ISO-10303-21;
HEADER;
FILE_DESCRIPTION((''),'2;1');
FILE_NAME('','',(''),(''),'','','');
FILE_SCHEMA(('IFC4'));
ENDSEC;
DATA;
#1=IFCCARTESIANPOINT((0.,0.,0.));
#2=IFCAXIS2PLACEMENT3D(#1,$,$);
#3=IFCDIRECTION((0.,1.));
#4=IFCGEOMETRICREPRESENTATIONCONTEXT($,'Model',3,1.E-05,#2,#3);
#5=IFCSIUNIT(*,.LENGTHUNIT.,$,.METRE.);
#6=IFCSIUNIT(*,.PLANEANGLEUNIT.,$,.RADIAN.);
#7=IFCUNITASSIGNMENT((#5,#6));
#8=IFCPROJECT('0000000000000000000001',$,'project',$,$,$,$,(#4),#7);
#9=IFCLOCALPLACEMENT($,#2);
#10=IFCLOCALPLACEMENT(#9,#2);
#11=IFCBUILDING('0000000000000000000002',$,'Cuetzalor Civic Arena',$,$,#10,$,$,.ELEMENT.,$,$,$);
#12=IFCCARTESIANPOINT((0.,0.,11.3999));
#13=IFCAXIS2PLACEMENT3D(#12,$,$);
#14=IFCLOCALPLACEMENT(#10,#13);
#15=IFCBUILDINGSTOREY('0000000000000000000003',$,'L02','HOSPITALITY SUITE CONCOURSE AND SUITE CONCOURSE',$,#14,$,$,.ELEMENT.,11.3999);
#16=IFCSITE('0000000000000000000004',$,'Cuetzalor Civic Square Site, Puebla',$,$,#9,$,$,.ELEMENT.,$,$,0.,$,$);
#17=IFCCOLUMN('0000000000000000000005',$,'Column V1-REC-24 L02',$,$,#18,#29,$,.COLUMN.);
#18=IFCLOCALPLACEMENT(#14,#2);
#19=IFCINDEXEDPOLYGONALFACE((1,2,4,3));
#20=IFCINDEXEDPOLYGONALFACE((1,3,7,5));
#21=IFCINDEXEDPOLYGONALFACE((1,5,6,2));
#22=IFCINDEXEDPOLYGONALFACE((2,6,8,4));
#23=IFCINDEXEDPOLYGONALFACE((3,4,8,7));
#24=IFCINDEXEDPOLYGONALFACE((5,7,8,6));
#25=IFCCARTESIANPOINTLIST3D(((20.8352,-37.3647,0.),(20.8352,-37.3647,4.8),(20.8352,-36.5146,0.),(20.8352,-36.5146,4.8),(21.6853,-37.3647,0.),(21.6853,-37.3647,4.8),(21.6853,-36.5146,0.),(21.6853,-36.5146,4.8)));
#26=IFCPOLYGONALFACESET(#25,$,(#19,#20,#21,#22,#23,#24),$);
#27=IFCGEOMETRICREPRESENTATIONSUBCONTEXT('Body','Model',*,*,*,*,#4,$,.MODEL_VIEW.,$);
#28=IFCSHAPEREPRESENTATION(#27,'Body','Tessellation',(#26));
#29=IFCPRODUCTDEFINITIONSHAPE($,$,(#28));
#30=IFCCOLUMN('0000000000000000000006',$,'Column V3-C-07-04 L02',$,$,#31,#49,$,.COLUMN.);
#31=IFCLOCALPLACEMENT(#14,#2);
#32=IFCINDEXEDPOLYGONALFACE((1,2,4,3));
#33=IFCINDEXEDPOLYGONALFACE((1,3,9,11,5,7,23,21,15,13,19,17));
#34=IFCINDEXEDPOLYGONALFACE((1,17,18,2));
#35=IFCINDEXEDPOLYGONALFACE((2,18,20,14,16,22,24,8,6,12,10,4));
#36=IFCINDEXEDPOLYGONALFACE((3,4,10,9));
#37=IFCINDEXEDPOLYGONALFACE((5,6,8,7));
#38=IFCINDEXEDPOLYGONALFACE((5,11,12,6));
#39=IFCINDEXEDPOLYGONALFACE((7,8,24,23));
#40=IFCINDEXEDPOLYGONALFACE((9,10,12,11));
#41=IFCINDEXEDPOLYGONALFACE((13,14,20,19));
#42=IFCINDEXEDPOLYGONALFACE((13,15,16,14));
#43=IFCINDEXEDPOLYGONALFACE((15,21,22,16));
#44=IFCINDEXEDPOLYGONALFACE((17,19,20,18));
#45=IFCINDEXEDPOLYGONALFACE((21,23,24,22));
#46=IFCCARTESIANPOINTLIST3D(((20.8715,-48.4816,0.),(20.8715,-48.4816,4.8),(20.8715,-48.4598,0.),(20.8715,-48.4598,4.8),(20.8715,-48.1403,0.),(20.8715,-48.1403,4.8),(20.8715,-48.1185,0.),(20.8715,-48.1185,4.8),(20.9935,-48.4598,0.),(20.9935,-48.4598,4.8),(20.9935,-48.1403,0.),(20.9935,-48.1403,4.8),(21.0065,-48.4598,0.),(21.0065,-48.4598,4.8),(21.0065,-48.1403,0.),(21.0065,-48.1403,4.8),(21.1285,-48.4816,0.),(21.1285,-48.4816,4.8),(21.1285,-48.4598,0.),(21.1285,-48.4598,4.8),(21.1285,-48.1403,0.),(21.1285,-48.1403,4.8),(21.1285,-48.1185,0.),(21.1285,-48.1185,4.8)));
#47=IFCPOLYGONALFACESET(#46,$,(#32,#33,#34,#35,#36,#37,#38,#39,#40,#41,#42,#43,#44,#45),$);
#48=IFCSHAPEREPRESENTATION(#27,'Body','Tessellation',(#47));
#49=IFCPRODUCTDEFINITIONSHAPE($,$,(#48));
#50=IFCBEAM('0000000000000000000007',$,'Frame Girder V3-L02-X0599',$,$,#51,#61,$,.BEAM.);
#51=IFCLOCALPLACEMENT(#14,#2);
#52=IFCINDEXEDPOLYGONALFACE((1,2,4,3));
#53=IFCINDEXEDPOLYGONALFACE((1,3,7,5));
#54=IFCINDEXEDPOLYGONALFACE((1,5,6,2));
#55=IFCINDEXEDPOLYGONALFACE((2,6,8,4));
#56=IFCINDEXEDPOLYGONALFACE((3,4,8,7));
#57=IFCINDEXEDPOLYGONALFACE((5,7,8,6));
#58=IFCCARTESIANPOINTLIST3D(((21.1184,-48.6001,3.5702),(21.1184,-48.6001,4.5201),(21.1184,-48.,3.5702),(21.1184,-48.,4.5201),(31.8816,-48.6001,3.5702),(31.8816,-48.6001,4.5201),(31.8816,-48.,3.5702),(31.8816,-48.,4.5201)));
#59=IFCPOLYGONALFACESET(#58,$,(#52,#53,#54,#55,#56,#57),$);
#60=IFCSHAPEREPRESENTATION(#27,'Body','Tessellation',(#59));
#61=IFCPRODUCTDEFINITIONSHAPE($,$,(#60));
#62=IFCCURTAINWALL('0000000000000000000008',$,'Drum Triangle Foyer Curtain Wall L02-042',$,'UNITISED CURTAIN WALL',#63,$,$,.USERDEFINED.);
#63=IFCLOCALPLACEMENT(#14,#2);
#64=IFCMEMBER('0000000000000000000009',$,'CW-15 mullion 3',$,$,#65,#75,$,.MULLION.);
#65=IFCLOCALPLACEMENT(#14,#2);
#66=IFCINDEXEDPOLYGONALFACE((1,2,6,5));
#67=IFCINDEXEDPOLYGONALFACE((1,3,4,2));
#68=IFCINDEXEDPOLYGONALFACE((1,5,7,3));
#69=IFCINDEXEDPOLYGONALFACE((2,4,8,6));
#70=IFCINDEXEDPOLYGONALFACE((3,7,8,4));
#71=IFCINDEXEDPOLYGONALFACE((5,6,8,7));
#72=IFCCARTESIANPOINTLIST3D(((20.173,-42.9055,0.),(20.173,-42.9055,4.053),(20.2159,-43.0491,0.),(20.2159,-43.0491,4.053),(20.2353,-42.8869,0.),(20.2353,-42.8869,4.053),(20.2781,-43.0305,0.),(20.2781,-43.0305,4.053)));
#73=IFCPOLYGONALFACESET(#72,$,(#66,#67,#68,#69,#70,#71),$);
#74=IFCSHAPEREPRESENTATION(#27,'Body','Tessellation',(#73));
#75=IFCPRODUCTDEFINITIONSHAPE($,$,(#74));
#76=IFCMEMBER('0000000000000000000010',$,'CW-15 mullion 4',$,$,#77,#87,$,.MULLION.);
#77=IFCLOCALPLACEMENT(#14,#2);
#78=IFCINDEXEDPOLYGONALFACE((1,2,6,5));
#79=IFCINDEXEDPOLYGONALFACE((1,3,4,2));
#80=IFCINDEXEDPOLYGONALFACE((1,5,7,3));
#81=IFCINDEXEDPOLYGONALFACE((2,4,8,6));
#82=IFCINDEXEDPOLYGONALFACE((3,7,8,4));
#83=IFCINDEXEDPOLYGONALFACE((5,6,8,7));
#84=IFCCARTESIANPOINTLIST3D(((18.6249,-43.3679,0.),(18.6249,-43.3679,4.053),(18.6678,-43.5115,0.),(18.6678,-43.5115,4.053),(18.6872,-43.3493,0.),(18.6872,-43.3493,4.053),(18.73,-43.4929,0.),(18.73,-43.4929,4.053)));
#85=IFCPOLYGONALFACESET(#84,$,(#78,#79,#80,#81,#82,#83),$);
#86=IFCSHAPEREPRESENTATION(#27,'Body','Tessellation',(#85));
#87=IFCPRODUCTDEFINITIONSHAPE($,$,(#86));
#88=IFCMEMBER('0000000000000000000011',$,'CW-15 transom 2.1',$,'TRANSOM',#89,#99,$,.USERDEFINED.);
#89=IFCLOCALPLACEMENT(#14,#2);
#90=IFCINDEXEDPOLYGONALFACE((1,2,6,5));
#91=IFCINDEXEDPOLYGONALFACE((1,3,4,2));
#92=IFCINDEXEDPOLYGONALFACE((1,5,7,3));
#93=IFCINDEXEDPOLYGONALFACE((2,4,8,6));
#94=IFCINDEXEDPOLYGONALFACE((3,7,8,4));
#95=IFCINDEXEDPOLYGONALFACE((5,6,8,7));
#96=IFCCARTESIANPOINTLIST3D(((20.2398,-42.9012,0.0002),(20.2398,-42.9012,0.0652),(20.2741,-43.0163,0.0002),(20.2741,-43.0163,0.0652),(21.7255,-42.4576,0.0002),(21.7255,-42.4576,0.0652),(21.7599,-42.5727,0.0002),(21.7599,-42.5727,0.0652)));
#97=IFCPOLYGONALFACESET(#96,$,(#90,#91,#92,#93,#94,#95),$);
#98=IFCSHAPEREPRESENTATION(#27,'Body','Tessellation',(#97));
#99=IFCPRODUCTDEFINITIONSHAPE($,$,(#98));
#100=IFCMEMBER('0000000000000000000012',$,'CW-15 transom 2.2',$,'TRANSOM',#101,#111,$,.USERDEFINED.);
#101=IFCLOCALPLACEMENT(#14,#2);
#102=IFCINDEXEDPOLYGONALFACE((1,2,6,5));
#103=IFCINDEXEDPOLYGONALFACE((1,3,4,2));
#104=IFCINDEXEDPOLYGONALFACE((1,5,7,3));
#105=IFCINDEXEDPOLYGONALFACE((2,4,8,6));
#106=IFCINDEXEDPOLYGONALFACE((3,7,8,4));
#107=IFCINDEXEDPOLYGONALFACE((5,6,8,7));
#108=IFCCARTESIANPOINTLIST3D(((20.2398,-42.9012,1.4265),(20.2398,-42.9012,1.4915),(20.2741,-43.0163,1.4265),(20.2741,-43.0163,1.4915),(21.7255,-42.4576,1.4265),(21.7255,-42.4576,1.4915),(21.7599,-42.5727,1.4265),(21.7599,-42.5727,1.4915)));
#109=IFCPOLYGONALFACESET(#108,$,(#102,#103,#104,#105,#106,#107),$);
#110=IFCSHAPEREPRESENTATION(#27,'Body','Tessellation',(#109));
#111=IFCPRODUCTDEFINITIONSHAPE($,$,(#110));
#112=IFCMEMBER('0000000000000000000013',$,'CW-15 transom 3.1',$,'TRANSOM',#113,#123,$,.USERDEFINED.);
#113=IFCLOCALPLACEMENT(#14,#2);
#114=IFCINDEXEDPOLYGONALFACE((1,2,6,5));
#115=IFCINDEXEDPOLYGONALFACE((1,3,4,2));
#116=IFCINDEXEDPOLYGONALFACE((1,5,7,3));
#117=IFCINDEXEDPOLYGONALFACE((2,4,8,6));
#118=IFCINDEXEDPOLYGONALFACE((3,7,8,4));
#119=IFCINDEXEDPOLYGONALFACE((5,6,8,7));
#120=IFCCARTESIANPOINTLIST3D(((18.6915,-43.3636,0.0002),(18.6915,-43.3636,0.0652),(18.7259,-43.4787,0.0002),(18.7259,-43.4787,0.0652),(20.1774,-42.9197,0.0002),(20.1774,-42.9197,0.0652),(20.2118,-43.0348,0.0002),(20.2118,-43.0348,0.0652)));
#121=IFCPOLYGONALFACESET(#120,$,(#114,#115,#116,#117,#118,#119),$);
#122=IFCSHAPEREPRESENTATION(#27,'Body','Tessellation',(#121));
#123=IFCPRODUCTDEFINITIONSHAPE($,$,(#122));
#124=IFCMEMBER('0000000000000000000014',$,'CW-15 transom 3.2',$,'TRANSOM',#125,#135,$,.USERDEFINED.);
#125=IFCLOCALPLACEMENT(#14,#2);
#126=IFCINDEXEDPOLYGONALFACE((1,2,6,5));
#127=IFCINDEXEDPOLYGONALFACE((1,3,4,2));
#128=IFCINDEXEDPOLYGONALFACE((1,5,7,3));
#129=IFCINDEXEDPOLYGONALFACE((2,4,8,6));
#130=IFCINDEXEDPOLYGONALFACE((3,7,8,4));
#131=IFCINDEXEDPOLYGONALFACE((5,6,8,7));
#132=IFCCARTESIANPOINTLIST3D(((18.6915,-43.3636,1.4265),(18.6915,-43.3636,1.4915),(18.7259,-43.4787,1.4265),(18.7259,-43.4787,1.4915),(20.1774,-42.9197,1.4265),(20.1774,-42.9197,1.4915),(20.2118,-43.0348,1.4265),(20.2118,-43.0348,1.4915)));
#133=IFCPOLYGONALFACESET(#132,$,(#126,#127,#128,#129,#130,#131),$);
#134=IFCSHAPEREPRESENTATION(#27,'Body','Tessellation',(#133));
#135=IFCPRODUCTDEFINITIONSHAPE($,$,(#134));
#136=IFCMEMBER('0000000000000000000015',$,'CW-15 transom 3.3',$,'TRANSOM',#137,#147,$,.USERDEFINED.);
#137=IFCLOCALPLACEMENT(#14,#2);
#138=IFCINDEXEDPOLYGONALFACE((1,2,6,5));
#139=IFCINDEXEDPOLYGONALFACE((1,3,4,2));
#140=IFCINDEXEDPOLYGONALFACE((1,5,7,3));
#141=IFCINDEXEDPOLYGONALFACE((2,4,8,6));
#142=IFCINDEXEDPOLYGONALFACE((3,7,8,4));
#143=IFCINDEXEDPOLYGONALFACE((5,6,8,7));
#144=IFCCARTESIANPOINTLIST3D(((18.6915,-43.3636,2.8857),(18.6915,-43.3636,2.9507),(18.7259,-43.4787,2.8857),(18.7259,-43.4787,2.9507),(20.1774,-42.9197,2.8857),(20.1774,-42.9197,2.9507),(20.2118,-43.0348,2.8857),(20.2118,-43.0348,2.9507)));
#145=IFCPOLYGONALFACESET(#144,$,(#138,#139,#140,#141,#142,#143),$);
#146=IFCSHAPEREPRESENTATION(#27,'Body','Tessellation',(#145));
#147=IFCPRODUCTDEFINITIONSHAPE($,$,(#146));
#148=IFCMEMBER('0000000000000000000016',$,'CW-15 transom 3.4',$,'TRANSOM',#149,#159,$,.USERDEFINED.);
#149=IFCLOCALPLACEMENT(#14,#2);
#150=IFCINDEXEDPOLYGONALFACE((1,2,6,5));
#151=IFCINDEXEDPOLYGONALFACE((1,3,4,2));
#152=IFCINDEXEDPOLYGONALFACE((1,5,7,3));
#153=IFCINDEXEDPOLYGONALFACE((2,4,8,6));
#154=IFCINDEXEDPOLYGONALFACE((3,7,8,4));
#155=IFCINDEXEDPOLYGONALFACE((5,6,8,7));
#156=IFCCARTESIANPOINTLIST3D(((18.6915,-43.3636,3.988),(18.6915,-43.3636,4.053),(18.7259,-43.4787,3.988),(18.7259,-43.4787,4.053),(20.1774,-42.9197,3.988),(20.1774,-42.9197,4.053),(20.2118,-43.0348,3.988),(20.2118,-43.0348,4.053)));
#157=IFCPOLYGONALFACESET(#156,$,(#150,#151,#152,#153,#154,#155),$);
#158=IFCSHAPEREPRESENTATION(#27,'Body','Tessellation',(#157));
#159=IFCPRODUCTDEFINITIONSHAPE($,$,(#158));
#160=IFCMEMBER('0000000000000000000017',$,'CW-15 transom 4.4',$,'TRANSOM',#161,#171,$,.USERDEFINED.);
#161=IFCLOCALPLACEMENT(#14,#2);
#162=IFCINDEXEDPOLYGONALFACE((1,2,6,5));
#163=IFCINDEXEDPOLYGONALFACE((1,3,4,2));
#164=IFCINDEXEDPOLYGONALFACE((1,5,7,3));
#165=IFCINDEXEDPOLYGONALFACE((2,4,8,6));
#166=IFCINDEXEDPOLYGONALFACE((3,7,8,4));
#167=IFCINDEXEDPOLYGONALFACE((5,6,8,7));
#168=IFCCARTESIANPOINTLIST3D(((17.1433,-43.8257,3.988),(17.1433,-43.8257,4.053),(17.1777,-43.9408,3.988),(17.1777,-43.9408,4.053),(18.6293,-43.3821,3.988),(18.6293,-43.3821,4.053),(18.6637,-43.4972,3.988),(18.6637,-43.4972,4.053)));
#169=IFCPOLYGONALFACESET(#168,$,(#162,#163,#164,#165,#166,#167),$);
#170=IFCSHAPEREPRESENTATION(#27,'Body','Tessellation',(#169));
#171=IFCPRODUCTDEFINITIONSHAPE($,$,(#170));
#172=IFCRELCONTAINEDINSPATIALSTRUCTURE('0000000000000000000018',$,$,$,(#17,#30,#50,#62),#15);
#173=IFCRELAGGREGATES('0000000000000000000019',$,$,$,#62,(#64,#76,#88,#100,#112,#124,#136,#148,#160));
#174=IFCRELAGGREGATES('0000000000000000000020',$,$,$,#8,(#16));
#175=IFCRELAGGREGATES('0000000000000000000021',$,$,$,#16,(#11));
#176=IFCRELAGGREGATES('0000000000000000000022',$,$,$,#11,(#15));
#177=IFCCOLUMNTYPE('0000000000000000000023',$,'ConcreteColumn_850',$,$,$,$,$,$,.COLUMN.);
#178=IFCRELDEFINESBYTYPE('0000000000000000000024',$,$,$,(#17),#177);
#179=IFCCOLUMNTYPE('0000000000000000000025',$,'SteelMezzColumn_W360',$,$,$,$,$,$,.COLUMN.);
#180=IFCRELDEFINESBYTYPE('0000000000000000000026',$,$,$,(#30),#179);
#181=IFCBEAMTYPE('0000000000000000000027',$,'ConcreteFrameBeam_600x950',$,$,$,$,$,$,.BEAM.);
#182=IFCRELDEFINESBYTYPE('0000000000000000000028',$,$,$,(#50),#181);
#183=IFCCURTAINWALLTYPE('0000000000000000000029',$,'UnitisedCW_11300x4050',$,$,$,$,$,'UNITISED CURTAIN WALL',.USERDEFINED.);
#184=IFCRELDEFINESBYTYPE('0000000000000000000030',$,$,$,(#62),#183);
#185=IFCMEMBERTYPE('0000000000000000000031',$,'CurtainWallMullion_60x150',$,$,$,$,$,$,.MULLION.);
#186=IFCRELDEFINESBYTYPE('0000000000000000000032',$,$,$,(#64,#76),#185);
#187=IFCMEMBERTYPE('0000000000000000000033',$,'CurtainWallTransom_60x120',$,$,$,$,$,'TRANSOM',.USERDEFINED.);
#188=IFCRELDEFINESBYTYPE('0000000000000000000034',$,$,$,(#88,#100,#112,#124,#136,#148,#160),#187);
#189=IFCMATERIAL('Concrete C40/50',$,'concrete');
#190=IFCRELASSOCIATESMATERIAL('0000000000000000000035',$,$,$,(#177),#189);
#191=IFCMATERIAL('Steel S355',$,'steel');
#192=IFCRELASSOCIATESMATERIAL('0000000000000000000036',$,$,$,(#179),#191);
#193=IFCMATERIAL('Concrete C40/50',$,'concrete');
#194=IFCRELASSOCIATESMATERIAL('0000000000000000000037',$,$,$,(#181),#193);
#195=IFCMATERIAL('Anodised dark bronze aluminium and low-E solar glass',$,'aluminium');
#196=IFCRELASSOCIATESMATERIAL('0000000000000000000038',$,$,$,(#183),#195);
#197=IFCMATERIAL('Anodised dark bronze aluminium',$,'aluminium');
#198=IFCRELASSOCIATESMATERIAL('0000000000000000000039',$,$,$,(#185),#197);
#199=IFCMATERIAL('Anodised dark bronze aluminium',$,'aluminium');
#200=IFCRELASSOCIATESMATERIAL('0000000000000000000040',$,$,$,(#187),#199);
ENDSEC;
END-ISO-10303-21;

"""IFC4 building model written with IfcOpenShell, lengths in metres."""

from ifc_helpers import new_model, si_unit, direction, frame, origin, origin_2d, place, context, subcontext, project, spatial, rectangle, i_section, extrude, material, material_profile, profile_set, type_object, element, aggregate, save


model = new_model("IFC4")

# Units and contexts
model_context = context("Model", 3, precision=1e-05, world=origin(), true_north=direction((0.0, 1.0)))
body_context = subcontext(model_context, "Body", "Model", "MODEL_VIEW")
ifc_project = project(units=[si_unit("LENGTHUNIT", "METRE"), si_unit("PLANEANGLEUNIT", "RADIAN")], contexts=[model_context])

# Site, building, storey
site_placement = place(None, origin())
site = spatial("IfcSite", under=ifc_project, at=site_placement, Name="Cuetzalor Civic Square Site, Puebla", CompositionType="ELEMENT", RefElevation=0.0)
building_placement = place(site_placement, origin())
building = spatial("IfcBuilding", under=site, at=building_placement, Name="Cuetzalor Civic Arena", CompositionType="ELEMENT")
storey_placement = place(building_placement, frame((0.0, 0.0, 11.3999)))
storey = spatial("IfcBuildingStorey", under=building, at=storey_placement, Name="L02", Description="HOSPITALITY SUITE CONCOURSE AND SUITE CONCOURSE", CompositionType="ELEMENT", Elevation=11.3999)

# Columns
ifc_material_1 = material(Name="Concrete C40/50", Category="concrete")
ifc_material_profile_1 = material_profile(ifc_material_1, rectangle(XDim=0.8501, YDim=0.8501, at=origin_2d()), Name="RC 850x850")
ifc_profile_set_1 = profile_set([ifc_material_profile_1], Name="Concrete C40/50")
column_type_1 = type_object("IfcColumnType", Name="ConcreteColumn_850", PredefinedType="COLUMN", material=ifc_profile_set_1)
column_1_placement = place(storey_placement, frame((21.2603, -36.9397, 0.0), z_axis=(0.0, 0.0, 1.0), x_axis=(1.0, 0.0, 0.0)))
element("IfcColumn", 1, at=column_1_placement, inside=storey, type_object=column_type_1, Name="Column V1-REC-24 L02", PredefinedType="COLUMN", context=body_context, shape_type="SweptSolid", body=[
    extrude(rectangle(XDim=0.8501, YDim=0.8501, at=origin_2d()), origin(), (0.0, 0.0, 1.0), 4.8),
])
ifc_material_2 = material(Name="Steel S355", Category="steel")
ifc_material_profile_2 = material_profile(ifc_material_2, i_section(OverallWidth=0.2571, OverallDepth=0.363, WebThickness=0.0129, FlangeThickness=0.0217, at=origin_2d()), Name="W360x122")
ifc_profile_set_2 = profile_set([ifc_material_profile_2], Name="Steel S355")
column_type_2 = type_object("IfcColumnType", Name="SteelMezzColumn_W360", PredefinedType="COLUMN", material=ifc_profile_set_2)
column_2_placement = place(storey_placement, frame((21.0, -48.3, 0.0), z_axis=(0.0, 0.0, 1.0), x_axis=(1.0, 0.0, 0.0)))
element("IfcColumn", 2, at=column_2_placement, inside=storey, type_object=column_type_2, Name="Column V3-C-07-04 L02", PredefinedType="COLUMN", context=body_context, shape_type="SweptSolid", body=[
    extrude(i_section(OverallWidth=0.2571, OverallDepth=0.363, WebThickness=0.0129, FlangeThickness=0.0217, at=origin_2d()), origin(), (0.0, 0.0, 1.0), 4.8),
])

# Beam
ifc_material_3 = material(Name="Concrete C40/50", Category="concrete")
ifc_material_profile_3 = material_profile(ifc_material_3, rectangle(XDim=0.6001, YDim=0.95, at=origin_2d()), Name="RC 600x950")
ifc_profile_set_3 = profile_set([ifc_material_profile_3], Name="Concrete C40/50")
beam_type_1 = type_object("IfcBeamType", Name="ConcreteFrameBeam_600x950", PredefinedType="BEAM", material=ifc_profile_set_3)
beam_1_placement = place(storey_placement, frame((21.1184, -48.3, 4.0452), z_axis=(1.0, 0.0, 0.0), x_axis=(0.0, 1.0, 0.0)))
element("IfcBeam", 3, at=beam_1_placement, inside=storey, type_object=beam_type_1, Name="Frame Girder V3-L02-X0599", PredefinedType="BEAM", context=body_context, shape_type="SweptSolid", body=[
    extrude(rectangle(XDim=0.6001, YDim=0.95, at=origin_2d()), origin(), (0.0, 0.0, 1.0), 10.7632),
])

# Curtain wall, members
ifc_material_4 = material(Name="Anodised dark bronze aluminium and low-E solar glass", Category="aluminium")
curtain_wall_type = type_object("IfcCurtainWallType", Name="UnitisedCW_11300x4050", ElementType="UNITISED CURTAIN WALL", PredefinedType="USERDEFINED", material=ifc_material_4)
curtain_wall_placement = place(storey_placement, origin())
curtain_wall = element("IfcCurtainWall", 4, at=curtain_wall_placement, inside=storey, type_object=curtain_wall_type, Name="Drum Triangle Foyer Curtain Wall L02-042", ObjectType="UNITISED CURTAIN WALL", PredefinedType="USERDEFINED")
ifc_material_5 = material(Name="Anodised dark bronze aluminium", Category="aluminium")
ifc_material_profile_4 = material_profile(ifc_material_5, rectangle(XDim=0.0649, YDim=0.1499, at=origin_2d()), Name="ALU MULLION 65x150")
ifc_profile_set_4 = profile_set([ifc_material_profile_4], Name="Anodised dark bronze aluminium")
member_type_1 = type_object("IfcMemberType", Name="CurtainWallMullion_60x150", PredefinedType="MULLION", material=ifc_profile_set_4)
member_1_placement = place(storey_placement, frame((20.2256, -42.968, 0.0), z_axis=(0.0, 0.0, 1.0), x_axis=(-0.958194, -0.28612, 0.0)))
member_1 = element("IfcMember", 5, at=member_1_placement, type_object=member_type_1, Name="CW-15 mullion 3", PredefinedType="MULLION", context=body_context, shape_type="SweptSolid", body=[
    extrude(rectangle(XDim=0.0649, YDim=0.1499, at=origin_2d()), origin(), (0.0, 0.0, 1.0), 4.053),
])
member_2_placement = place(storey_placement, frame((18.6775, -43.4304, 0.0), z_axis=(0.0, 0.0, 1.0), x_axis=(-0.958194, -0.28612, 0.0)))
member_2 = element("IfcMember", 6, at=member_2_placement, type_object=member_type_1, Name="CW-15 mullion 4", PredefinedType="MULLION", context=body_context, shape_type="SweptSolid", body=[
    extrude(rectangle(XDim=0.0649, YDim=0.1499, at=origin_2d()), origin(), (0.0, 0.0, 1.0), 4.053),
])
ifc_material_6 = material(Name="Anodised dark bronze aluminium", Category="aluminium")
ifc_material_profile_5 = material_profile(ifc_material_6, rectangle(XDim=0.1201, YDim=0.0649, at=origin_2d()), Name="ALU TRANSOM 65x120")
ifc_profile_set_5 = profile_set([ifc_material_profile_5], Name="Anodised dark bronze aluminium")
member_type_2 = type_object("IfcMemberType", Name="CurtainWallTransom_60x120", ElementType="TRANSOM", PredefinedType="USERDEFINED", material=ifc_profile_set_5)
member_3_placement = place(storey_placement, frame((21.7427, -42.5151, 0.0327), z_axis=(-0.958207, -0.286077, 0.0), x_axis=(0.286077, -0.958207, 0.0)))
member_3 = element("IfcMember", 7, at=member_3_placement, type_object=member_type_2, Name="CW-15 transom 2.1", ObjectType="TRANSOM", PredefinedType="USERDEFINED", context=body_context, shape_type="SweptSolid", body=[
    extrude(rectangle(XDim=0.1201, YDim=0.0649, at=origin_2d()), origin(), (0.0, 0.0, 1.0), 1.5505),
])
member_4_placement = place(storey_placement, frame((21.7427, -42.5151, 1.459), z_axis=(-0.958207, -0.286077, 0.0), x_axis=(0.286077, -0.958207, 0.0)))
member_4 = element("IfcMember", 8, at=member_4_placement, type_object=member_type_2, Name="CW-15 transom 2.2", ObjectType="TRANSOM", PredefinedType="USERDEFINED", context=body_context, shape_type="SweptSolid", body=[
    extrude(rectangle(XDim=0.1201, YDim=0.0649, at=origin_2d()), origin(), (0.0, 0.0, 1.0), 1.5505),
])
member_5_placement = place(storey_placement, frame((20.1946, -42.9773, 0.0327), z_axis=(-0.958164, -0.286221, 0.0), x_axis=(0.286221, -0.958164, 0.0)))
member_5 = element("IfcMember", 9, at=member_5_placement, type_object=member_type_2, Name="CW-15 transom 3.1", ObjectType="TRANSOM", PredefinedType="USERDEFINED", context=body_context, shape_type="SweptSolid", body=[
    extrude(rectangle(XDim=0.1201, YDim=0.0649, at=origin_2d()), origin(), (0.0, 0.0, 1.0), 1.5508),
])
member_6_placement = place(storey_placement, frame((20.1946, -42.9773, 1.459), z_axis=(-0.958164, -0.286221, 0.0), x_axis=(0.286221, -0.958164, 0.0)))
member_6 = element("IfcMember", 10, at=member_6_placement, type_object=member_type_2, Name="CW-15 transom 3.2", ObjectType="TRANSOM", PredefinedType="USERDEFINED", context=body_context, shape_type="SweptSolid", body=[
    extrude(rectangle(XDim=0.1201, YDim=0.0649, at=origin_2d()), origin(), (0.0, 0.0, 1.0), 1.5508),
])
member_7_placement = place(storey_placement, frame((20.1946, -42.9773, 2.9182), z_axis=(-0.958164, -0.286221, 0.0), x_axis=(0.286221, -0.958164, 0.0)))
member_7 = element("IfcMember", 11, at=member_7_placement, type_object=member_type_2, Name="CW-15 transom 3.3", ObjectType="TRANSOM", PredefinedType="USERDEFINED", context=body_context, shape_type="SweptSolid", body=[
    extrude(rectangle(XDim=0.1201, YDim=0.0649, at=origin_2d()), origin(), (0.0, 0.0, 1.0), 1.5508),
])
member_8_placement = place(storey_placement, frame((20.1946, -42.9773, 4.0205), z_axis=(-0.958164, -0.286221, 0.0), x_axis=(0.286221, -0.958164, 0.0)))
member_8 = element("IfcMember", 12, at=member_8_placement, type_object=member_type_2, Name="CW-15 transom 3.4", ObjectType="TRANSOM", PredefinedType="USERDEFINED", context=body_context, shape_type="SweptSolid", body=[
    extrude(rectangle(XDim=0.1201, YDim=0.0649, at=origin_2d()), origin(), (0.0, 0.0, 1.0), 1.5508),
])
member_9_placement = place(storey_placement, frame((18.6465, -43.4397, 4.0205), z_axis=(-0.95822, -0.286033, 0.0), x_axis=(0.286033, -0.95822, 0.0)))
member_9 = element("IfcMember", 13, at=member_9_placement, type_object=member_type_2, Name="CW-15 transom 4.4", ObjectType="TRANSOM", PredefinedType="USERDEFINED", context=body_context, shape_type="SweptSolid", body=[
    extrude(rectangle(XDim=0.1201, YDim=0.0649, at=origin_2d()), origin(), (0.0, 0.0, 1.0), 1.5508),
])

aggregate(curtain_wall, [member_1, member_2, member_3, member_4, member_5, member_6, member_7, member_8, member_9])

save(model, "model.ifc")
